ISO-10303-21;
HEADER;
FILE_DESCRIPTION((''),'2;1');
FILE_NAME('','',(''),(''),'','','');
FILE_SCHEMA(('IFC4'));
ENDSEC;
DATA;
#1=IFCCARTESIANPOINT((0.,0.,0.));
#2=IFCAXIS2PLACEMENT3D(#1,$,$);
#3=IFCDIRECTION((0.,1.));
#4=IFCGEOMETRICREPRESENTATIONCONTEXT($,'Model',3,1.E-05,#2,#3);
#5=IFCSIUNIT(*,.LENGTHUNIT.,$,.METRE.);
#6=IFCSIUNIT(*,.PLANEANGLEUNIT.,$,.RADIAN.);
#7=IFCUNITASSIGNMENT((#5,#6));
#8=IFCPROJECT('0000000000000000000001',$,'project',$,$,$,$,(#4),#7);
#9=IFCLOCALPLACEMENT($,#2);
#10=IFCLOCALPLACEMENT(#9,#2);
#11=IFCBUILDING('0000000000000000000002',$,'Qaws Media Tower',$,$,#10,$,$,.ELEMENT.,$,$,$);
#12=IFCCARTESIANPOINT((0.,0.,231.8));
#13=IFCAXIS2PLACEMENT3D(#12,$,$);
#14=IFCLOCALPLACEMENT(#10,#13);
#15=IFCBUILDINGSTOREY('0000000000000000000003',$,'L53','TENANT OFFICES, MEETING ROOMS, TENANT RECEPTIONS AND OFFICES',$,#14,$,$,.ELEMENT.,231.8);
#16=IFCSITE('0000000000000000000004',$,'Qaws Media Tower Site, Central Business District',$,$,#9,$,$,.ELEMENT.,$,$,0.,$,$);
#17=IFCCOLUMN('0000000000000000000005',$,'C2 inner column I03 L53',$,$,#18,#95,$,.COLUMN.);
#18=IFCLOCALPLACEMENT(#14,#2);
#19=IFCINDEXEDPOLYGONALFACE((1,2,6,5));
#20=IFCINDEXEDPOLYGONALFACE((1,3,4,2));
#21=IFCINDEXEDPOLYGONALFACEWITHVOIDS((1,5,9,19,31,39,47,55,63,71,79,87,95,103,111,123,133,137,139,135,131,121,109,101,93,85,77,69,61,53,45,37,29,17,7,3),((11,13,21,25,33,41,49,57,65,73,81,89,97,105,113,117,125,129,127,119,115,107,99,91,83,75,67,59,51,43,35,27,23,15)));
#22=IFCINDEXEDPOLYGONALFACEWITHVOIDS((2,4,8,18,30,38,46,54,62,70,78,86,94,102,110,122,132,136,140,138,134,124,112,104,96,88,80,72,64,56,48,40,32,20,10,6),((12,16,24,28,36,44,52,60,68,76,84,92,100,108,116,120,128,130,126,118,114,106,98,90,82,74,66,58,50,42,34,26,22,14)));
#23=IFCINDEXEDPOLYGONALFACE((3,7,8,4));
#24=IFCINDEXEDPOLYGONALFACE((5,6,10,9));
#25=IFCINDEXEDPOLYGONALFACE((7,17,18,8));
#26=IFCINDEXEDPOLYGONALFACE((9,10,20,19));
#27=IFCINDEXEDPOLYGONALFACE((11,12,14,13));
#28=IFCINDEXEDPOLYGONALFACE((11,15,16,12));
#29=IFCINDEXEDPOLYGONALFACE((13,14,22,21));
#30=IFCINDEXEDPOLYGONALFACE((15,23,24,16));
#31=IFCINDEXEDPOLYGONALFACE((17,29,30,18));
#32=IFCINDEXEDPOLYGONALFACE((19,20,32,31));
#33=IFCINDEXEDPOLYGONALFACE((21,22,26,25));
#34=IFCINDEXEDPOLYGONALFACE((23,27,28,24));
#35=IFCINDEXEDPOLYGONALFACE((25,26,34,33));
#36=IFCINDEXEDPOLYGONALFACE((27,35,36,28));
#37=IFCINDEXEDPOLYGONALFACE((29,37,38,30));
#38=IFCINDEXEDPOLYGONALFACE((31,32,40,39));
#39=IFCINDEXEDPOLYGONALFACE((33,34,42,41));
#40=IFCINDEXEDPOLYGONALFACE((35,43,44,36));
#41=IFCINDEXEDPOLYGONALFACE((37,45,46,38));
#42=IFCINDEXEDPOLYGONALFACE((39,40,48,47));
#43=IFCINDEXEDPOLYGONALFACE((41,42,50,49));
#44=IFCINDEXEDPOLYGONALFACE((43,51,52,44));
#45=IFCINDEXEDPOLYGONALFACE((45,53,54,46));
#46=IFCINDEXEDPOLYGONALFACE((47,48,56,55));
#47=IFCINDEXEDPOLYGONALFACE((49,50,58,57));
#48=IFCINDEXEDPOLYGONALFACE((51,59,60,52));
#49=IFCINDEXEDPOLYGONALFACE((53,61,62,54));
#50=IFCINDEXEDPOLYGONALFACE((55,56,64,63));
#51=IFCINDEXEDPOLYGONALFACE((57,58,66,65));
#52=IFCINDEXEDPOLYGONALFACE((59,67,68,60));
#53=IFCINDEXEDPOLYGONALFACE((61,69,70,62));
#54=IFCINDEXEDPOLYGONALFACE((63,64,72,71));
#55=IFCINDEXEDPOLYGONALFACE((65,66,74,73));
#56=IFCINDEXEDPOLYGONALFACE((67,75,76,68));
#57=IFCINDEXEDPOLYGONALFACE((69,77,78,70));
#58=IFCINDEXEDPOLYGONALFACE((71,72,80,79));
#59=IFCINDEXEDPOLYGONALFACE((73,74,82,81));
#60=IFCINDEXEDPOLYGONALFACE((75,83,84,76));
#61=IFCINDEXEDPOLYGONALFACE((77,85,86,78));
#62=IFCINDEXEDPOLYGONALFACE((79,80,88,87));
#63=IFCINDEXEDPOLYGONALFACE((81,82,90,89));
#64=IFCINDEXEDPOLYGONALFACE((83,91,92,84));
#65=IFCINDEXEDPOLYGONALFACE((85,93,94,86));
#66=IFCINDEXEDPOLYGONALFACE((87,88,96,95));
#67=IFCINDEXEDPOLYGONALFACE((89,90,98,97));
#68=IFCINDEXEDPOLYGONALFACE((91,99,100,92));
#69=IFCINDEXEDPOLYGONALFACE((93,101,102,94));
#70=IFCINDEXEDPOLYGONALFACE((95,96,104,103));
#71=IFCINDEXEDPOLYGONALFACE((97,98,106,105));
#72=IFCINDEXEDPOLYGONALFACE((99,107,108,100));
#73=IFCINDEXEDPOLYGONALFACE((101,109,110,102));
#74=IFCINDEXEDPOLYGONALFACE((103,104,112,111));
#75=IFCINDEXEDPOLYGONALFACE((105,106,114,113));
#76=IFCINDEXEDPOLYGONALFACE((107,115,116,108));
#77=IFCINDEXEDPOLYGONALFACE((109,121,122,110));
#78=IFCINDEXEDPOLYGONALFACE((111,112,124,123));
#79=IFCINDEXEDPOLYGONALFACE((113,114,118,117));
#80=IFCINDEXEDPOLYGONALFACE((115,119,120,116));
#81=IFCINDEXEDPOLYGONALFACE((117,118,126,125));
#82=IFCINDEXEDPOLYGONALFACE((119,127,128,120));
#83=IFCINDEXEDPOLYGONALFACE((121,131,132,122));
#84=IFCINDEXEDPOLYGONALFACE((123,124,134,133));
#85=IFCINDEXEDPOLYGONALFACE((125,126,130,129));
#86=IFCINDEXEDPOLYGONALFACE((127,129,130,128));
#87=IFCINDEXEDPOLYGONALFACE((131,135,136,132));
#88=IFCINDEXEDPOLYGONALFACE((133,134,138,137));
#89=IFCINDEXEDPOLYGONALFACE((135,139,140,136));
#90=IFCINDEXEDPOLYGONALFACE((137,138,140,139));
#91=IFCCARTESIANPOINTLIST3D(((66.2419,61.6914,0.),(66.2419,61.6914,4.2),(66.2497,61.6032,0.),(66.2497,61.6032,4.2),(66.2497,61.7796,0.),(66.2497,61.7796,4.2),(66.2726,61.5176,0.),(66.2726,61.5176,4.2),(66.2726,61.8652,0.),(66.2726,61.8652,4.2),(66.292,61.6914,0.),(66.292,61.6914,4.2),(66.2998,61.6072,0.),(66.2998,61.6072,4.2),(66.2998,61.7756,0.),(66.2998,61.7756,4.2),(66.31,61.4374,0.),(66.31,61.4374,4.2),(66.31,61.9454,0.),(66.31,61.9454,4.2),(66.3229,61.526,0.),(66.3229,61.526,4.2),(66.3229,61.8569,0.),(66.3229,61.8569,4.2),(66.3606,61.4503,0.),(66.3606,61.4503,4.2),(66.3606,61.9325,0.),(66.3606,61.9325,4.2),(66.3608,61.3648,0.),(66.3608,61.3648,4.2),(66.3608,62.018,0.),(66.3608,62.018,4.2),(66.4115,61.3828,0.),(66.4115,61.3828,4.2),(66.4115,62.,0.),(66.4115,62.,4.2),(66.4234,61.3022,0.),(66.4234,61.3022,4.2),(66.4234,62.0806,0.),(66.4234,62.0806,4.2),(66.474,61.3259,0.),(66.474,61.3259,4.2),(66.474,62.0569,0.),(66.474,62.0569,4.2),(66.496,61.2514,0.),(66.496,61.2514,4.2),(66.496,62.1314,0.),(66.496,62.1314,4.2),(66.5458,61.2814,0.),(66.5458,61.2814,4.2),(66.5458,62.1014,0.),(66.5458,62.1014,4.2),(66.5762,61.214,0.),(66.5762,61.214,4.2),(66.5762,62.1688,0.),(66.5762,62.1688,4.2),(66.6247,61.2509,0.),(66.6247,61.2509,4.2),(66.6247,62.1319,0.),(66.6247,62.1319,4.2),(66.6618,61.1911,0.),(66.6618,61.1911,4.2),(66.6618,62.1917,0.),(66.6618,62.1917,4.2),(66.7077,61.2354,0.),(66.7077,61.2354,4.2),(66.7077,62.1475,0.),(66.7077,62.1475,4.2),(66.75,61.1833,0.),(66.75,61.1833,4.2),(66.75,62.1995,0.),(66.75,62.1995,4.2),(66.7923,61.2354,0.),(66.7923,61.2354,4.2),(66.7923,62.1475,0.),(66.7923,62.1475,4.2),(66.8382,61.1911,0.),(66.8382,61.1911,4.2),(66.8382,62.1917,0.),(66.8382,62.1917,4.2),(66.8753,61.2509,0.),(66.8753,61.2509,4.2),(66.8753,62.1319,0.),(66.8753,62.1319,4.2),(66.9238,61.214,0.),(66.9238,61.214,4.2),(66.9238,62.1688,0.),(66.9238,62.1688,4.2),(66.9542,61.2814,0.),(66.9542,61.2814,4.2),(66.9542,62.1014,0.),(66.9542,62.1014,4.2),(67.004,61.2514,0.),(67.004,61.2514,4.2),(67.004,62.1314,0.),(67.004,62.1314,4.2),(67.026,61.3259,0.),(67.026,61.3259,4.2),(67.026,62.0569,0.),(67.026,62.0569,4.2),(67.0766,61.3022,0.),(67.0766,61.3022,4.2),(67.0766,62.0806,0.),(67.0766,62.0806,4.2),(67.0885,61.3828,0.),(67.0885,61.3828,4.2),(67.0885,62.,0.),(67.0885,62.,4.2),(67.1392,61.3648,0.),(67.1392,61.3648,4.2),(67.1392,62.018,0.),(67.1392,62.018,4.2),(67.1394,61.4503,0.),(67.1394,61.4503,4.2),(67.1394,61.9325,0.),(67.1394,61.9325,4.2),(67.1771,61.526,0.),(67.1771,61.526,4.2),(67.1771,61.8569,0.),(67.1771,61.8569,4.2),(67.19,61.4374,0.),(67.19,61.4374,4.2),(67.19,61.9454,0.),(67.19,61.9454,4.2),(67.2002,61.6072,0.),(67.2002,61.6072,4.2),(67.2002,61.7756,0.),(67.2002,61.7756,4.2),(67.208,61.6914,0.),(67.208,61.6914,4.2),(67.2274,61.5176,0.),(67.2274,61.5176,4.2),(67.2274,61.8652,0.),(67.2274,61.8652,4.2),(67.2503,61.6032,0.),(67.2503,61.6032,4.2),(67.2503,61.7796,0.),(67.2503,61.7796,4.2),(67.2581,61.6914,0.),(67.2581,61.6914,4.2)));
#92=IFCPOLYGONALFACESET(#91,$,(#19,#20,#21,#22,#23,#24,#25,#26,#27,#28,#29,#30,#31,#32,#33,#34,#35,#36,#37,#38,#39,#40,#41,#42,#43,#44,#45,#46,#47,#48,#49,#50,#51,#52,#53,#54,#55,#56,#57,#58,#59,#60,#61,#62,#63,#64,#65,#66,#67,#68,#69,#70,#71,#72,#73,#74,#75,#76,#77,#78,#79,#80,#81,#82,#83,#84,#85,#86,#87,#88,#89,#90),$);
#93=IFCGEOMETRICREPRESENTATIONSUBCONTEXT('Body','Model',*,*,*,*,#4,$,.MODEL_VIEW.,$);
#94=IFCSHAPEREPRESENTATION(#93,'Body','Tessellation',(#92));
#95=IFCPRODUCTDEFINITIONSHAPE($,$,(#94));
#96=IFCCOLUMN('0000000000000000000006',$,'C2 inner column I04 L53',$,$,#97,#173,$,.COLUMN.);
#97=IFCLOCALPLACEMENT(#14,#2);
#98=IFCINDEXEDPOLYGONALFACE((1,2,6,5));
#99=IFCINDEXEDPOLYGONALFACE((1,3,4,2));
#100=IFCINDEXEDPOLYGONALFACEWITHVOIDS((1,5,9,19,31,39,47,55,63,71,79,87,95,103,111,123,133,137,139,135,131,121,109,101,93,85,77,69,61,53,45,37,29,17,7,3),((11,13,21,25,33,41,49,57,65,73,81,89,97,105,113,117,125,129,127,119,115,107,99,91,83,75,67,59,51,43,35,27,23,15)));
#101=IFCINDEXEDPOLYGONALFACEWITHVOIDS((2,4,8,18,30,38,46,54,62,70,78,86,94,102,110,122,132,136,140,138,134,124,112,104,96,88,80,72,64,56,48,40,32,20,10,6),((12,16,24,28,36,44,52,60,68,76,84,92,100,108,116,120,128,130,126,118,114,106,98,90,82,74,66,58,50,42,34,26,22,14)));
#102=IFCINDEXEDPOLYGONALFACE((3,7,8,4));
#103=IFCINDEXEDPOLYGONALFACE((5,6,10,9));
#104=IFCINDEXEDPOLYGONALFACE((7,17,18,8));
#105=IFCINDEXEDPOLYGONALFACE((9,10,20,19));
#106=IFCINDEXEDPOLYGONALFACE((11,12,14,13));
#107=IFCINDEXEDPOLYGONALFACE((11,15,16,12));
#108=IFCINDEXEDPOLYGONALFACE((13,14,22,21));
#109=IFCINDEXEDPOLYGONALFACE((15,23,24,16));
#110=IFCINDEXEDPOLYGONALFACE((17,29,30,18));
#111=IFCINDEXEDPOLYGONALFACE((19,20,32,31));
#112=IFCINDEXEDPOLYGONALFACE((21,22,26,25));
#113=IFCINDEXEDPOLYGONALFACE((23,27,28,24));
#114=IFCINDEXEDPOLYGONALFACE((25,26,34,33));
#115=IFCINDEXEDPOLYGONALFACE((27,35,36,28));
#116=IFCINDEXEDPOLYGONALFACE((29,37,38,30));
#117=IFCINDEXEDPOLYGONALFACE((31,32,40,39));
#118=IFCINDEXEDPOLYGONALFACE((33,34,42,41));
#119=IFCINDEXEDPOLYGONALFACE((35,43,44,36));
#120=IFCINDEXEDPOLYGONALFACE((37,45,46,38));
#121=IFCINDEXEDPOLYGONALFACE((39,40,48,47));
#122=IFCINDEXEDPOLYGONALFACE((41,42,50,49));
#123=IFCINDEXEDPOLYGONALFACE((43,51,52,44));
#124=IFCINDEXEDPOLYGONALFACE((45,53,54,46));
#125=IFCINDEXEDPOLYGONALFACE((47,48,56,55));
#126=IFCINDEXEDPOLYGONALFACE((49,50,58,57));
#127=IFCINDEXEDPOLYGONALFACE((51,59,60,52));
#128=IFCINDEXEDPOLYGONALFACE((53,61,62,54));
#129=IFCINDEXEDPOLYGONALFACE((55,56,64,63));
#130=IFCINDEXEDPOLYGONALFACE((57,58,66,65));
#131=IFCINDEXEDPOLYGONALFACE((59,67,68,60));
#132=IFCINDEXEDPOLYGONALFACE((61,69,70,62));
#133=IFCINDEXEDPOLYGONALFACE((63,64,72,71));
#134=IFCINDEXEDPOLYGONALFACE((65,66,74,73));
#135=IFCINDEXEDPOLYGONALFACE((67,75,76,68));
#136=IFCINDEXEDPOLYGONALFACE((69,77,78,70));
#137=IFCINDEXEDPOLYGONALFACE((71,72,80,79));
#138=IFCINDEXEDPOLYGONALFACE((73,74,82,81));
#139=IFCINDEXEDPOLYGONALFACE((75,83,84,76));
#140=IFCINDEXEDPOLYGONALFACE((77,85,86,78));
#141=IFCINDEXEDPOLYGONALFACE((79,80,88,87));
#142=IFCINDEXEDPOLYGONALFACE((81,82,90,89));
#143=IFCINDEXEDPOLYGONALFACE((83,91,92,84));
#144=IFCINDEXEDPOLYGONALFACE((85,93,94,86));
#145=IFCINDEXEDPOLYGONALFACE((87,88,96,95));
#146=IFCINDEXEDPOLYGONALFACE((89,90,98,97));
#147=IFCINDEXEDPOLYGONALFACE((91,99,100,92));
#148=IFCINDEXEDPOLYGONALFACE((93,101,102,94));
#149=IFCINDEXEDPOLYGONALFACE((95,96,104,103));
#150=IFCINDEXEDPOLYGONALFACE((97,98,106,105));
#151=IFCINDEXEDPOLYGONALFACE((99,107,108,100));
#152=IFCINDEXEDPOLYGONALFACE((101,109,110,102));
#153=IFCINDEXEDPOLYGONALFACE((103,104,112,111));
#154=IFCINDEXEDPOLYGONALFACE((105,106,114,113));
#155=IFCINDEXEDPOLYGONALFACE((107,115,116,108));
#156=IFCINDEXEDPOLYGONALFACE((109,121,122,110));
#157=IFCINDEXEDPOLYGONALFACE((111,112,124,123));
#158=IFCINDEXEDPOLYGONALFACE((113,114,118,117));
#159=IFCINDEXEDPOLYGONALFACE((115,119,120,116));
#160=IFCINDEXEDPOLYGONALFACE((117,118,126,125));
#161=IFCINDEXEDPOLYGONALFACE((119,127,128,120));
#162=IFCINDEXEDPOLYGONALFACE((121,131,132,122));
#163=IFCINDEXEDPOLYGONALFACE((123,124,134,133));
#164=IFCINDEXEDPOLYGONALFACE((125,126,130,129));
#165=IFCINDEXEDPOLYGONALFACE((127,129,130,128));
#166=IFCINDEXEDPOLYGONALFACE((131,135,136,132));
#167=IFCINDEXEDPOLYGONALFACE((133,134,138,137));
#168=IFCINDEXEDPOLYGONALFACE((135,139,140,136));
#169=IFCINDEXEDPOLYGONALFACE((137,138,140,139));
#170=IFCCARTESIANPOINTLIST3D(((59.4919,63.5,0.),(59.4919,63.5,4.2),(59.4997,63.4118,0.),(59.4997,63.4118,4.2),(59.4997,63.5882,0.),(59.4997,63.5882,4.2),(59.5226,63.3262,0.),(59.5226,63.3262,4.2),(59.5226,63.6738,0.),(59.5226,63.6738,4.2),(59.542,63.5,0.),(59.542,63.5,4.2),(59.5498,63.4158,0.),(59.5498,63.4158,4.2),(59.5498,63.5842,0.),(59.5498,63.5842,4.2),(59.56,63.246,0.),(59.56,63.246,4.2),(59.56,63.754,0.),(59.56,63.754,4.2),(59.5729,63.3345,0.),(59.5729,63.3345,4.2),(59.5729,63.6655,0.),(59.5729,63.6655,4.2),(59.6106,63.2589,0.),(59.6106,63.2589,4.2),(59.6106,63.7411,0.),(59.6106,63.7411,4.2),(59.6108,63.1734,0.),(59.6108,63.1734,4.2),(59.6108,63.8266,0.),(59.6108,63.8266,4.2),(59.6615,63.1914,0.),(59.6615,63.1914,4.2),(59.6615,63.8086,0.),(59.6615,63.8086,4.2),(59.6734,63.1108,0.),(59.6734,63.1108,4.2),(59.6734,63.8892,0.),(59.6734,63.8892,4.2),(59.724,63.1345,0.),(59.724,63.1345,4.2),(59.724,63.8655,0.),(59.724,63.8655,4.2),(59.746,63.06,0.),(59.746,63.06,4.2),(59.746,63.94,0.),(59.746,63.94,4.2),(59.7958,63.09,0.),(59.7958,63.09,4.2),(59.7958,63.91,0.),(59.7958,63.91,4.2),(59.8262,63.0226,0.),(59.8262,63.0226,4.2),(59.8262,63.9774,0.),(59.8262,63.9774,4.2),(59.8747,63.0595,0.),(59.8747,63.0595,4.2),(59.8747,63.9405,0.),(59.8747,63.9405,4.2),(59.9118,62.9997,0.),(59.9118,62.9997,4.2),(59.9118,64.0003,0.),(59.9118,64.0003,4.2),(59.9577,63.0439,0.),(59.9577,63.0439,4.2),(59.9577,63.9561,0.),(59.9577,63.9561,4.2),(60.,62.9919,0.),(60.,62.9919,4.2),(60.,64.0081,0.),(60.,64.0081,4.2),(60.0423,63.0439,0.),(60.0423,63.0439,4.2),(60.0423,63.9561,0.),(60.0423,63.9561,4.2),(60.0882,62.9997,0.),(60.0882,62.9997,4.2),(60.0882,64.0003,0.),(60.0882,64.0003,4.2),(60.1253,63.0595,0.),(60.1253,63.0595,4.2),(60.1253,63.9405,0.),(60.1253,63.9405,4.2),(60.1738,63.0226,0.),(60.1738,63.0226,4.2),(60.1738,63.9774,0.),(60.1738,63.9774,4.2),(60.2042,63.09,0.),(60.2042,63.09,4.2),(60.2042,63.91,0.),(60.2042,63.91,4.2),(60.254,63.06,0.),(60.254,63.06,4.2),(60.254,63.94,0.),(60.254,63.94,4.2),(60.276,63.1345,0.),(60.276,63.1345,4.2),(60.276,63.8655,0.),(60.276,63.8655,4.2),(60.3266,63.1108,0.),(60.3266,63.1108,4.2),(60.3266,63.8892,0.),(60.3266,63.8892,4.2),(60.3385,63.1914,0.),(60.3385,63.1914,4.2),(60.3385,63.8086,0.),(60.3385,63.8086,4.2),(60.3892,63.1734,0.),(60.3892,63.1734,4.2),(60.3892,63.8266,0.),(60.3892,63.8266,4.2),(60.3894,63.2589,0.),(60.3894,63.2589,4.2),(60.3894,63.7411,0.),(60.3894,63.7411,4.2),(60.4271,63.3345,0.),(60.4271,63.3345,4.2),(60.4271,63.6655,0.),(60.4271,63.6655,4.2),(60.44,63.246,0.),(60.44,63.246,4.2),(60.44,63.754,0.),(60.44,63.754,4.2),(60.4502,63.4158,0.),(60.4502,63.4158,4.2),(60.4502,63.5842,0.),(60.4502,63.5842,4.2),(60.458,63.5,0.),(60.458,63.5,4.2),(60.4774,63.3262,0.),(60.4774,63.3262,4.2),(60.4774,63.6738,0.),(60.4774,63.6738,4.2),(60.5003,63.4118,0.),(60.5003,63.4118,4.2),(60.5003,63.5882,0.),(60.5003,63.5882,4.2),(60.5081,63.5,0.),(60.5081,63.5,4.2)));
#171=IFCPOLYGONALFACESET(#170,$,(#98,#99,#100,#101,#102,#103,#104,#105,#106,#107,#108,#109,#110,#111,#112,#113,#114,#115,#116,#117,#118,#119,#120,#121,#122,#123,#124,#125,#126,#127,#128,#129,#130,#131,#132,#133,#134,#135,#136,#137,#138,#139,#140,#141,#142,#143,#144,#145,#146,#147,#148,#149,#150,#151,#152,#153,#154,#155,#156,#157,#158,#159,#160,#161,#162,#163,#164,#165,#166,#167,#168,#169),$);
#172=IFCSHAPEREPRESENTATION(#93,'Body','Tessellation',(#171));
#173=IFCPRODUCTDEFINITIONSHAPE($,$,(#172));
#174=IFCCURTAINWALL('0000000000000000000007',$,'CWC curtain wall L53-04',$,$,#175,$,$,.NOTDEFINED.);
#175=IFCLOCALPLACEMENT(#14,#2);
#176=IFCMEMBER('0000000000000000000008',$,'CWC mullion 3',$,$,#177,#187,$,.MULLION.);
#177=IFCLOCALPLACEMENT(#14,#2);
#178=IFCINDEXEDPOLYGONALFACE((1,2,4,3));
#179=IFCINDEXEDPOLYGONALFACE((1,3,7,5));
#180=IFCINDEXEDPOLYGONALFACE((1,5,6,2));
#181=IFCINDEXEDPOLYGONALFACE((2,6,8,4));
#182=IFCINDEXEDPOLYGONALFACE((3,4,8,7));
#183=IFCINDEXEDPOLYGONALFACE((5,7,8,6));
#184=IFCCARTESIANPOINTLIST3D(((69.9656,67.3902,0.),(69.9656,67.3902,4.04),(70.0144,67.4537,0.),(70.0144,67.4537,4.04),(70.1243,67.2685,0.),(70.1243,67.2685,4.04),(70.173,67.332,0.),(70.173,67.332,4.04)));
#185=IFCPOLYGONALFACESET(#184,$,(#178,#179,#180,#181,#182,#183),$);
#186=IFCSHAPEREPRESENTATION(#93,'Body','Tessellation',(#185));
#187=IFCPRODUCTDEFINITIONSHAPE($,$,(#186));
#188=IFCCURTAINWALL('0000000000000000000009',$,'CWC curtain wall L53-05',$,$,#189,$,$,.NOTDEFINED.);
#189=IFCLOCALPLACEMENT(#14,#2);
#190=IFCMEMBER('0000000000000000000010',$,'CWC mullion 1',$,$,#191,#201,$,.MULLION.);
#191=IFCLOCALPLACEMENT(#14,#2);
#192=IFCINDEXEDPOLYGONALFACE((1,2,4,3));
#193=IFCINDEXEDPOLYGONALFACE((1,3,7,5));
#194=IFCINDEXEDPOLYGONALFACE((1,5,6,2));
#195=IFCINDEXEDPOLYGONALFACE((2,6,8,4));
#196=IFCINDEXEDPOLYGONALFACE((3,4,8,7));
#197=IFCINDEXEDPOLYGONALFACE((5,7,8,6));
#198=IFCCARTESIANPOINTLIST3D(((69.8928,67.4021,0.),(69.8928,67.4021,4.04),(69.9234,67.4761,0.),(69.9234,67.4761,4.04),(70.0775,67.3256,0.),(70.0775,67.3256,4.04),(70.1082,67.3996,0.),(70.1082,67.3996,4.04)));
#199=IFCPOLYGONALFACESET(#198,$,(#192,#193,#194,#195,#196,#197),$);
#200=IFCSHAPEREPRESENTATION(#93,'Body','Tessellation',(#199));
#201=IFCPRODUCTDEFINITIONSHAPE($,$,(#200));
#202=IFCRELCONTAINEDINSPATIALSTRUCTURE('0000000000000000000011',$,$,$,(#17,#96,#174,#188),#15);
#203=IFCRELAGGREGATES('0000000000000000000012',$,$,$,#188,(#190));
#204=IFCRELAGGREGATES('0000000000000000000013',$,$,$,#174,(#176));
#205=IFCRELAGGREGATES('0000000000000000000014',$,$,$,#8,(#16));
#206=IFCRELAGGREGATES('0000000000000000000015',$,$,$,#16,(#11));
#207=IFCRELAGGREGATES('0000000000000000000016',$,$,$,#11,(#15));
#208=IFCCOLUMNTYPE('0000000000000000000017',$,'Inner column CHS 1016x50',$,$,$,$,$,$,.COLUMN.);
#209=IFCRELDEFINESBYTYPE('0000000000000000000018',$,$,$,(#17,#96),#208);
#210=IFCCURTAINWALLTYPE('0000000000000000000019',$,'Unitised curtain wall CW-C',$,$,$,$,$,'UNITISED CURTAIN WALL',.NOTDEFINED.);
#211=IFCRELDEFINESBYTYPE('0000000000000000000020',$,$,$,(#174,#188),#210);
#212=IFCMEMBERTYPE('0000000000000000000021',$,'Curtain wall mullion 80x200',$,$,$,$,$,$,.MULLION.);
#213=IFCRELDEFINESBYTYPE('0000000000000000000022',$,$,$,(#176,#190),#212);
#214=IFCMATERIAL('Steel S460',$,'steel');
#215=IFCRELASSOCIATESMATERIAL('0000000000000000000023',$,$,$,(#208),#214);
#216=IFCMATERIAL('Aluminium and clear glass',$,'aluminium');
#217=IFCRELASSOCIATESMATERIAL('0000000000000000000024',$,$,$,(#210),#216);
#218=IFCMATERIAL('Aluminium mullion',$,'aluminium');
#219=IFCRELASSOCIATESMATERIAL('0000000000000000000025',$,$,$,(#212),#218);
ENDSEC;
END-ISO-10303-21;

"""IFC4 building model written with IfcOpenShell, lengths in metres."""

from ifc_helpers import new_model, si_unit, direction, frame, origin, origin_2d, place, context, subcontext, project, spatial, rectangle, hollow_circle, extrude, material, material_profile, profile_set, type_object, element, aggregate, save


model = new_model("IFC4")

# Units and contexts
model_context = context("Model", 3, precision=1e-05, world=origin(), true_north=direction((0.0, 1.0)))
body_context = subcontext(model_context, "Body", "Model", "MODEL_VIEW")
ifc_project = project(units=[si_unit("LENGTHUNIT", "METRE"), si_unit("PLANEANGLEUNIT", "RADIAN")], contexts=[model_context])

# Site, building, storey
site_placement = place(None, origin())
site = spatial("IfcSite", under=ifc_project, at=site_placement, Name="Qaws Media Tower Site, Central Business District", CompositionType="ELEMENT", RefElevation=0.0)
building_placement = place(site_placement, origin())
building = spatial("IfcBuilding", under=site, at=building_placement, Name="Qaws Media Tower", CompositionType="ELEMENT")
storey_placement = place(building_placement, frame((0.0, 0.0, 231.8)))
storey = spatial("IfcBuildingStorey", under=building, at=storey_placement, Name="L53", Description="TENANT OFFICES, MEETING ROOMS, TENANT RECEPTIONS AND OFFICES", CompositionType="ELEMENT", Elevation=231.8)

# Columns
ifc_material_1 = material(Name="Steel S460", Category="steel")
ifc_material_profile_1 = material_profile(ifc_material_1, hollow_circle(Radius=0.5081, WallThickness=0.05, at=origin_2d()), Name="CHS 1016x50")
ifc_profile_set_1 = profile_set([ifc_material_profile_1], Name="Steel S460")
column_type = type_object("IfcColumnType", Name="Inner column CHS 1016x50", PredefinedType="COLUMN", material=ifc_profile_set_1)
for number, where, z_axis, x_axis, name in (
    (1, (66.75, 61.6914, 0.0), (0.0, 0.0, 1.0), (1.0, 0.0, 0.0), "C2 inner column I03 L53"),
    (2, (60.0, 63.5, 0.0), (0.0, 0.0, 1.0), (1.0, 0.0, 0.0), "C2 inner column I04 L53"),
):
    element("IfcColumn", number, at=place(storey_placement, frame(where, z_axis=z_axis, x_axis=x_axis)), inside=storey, type_object=column_type, Name=name, PredefinedType="COLUMN", context=body_context, shape_type="SweptSolid", body=[
        extrude(hollow_circle(Radius=0.5081, WallThickness=0.05, at=origin_2d()), origin(), (0.0, 0.0, 1.0), 4.2),
    ])

# Curtain wall, member
ifc_material_2 = material(Name="Aluminium and clear glass", Category="aluminium")
curtain_wall_type = type_object("IfcCurtainWallType", Name="Unitised curtain wall CW-C", ElementType="UNITISED CURTAIN WALL", PredefinedType="NOTDEFINED", material=ifc_material_2)
curtain_wall_1_placement = place(storey_placement, origin())
curtain_wall_1 = element("IfcCurtainWall", 3, at=curtain_wall_1_placement, inside=storey, type_object=curtain_wall_type, Name="CWC curtain wall L53-04", PredefinedType="NOTDEFINED")
ifc_material_3 = material(Name="Aluminium mullion", Category="aluminium")
ifc_material_profile_2 = material_profile(ifc_material_3, rectangle(XDim=0.0801, YDim=0.2, at=origin_2d()), Name="80x200")
ifc_profile_set_2 = profile_set([ifc_material_profile_2], Name="Aluminium mullion")
member_type_1 = type_object("IfcMemberType", Name="Curtain wall mullion 80x200", PredefinedType="MULLION", material=ifc_profile_set_2)
member_1_placement = place(storey_placement, frame((70.0693, 67.3611, 0.0), z_axis=(0.0, 0.0, 1.0), x_axis=(-0.608761, -0.793353, 0.0)))
member_1 = element("IfcMember", 4, at=member_1_placement, type_object=member_type_1, Name="CWC mullion 3", PredefinedType="MULLION", context=body_context, shape_type="SweptSolid", body=[
    extrude(rectangle(XDim=0.0801, YDim=0.2, at=origin_2d()), origin(), (0.0, 0.0, 1.0), 4.04),
])

# Curtain wall, member
curtain_wall_2_placement = place(storey_placement, origin())
curtain_wall_2 = element("IfcCurtainWall", 5, at=curtain_wall_2_placement, inside=storey, type_object=curtain_wall_type, Name="CWC curtain wall L53-05", PredefinedType="NOTDEFINED")
member_2_placement = place(storey_placement, frame((70.0005, 67.4009, 0.0), z_axis=(0.0, 0.0, 1.0), x_axis=(-0.382683, -0.92388, 0.0)))
member_2 = element("IfcMember", 6, at=member_2_placement, type_object=member_type_1, Name="CWC mullion 1", PredefinedType="MULLION", context=body_context, shape_type="SweptSolid", body=[
    extrude(rectangle(XDim=0.0801, YDim=0.2, at=origin_2d()), origin(), (0.0, 0.0, 1.0), 4.04),
])
aggregate(curtain_wall_2, [member_2])

aggregate(curtain_wall_1, [member_1])

save(model, "model.ifc")
